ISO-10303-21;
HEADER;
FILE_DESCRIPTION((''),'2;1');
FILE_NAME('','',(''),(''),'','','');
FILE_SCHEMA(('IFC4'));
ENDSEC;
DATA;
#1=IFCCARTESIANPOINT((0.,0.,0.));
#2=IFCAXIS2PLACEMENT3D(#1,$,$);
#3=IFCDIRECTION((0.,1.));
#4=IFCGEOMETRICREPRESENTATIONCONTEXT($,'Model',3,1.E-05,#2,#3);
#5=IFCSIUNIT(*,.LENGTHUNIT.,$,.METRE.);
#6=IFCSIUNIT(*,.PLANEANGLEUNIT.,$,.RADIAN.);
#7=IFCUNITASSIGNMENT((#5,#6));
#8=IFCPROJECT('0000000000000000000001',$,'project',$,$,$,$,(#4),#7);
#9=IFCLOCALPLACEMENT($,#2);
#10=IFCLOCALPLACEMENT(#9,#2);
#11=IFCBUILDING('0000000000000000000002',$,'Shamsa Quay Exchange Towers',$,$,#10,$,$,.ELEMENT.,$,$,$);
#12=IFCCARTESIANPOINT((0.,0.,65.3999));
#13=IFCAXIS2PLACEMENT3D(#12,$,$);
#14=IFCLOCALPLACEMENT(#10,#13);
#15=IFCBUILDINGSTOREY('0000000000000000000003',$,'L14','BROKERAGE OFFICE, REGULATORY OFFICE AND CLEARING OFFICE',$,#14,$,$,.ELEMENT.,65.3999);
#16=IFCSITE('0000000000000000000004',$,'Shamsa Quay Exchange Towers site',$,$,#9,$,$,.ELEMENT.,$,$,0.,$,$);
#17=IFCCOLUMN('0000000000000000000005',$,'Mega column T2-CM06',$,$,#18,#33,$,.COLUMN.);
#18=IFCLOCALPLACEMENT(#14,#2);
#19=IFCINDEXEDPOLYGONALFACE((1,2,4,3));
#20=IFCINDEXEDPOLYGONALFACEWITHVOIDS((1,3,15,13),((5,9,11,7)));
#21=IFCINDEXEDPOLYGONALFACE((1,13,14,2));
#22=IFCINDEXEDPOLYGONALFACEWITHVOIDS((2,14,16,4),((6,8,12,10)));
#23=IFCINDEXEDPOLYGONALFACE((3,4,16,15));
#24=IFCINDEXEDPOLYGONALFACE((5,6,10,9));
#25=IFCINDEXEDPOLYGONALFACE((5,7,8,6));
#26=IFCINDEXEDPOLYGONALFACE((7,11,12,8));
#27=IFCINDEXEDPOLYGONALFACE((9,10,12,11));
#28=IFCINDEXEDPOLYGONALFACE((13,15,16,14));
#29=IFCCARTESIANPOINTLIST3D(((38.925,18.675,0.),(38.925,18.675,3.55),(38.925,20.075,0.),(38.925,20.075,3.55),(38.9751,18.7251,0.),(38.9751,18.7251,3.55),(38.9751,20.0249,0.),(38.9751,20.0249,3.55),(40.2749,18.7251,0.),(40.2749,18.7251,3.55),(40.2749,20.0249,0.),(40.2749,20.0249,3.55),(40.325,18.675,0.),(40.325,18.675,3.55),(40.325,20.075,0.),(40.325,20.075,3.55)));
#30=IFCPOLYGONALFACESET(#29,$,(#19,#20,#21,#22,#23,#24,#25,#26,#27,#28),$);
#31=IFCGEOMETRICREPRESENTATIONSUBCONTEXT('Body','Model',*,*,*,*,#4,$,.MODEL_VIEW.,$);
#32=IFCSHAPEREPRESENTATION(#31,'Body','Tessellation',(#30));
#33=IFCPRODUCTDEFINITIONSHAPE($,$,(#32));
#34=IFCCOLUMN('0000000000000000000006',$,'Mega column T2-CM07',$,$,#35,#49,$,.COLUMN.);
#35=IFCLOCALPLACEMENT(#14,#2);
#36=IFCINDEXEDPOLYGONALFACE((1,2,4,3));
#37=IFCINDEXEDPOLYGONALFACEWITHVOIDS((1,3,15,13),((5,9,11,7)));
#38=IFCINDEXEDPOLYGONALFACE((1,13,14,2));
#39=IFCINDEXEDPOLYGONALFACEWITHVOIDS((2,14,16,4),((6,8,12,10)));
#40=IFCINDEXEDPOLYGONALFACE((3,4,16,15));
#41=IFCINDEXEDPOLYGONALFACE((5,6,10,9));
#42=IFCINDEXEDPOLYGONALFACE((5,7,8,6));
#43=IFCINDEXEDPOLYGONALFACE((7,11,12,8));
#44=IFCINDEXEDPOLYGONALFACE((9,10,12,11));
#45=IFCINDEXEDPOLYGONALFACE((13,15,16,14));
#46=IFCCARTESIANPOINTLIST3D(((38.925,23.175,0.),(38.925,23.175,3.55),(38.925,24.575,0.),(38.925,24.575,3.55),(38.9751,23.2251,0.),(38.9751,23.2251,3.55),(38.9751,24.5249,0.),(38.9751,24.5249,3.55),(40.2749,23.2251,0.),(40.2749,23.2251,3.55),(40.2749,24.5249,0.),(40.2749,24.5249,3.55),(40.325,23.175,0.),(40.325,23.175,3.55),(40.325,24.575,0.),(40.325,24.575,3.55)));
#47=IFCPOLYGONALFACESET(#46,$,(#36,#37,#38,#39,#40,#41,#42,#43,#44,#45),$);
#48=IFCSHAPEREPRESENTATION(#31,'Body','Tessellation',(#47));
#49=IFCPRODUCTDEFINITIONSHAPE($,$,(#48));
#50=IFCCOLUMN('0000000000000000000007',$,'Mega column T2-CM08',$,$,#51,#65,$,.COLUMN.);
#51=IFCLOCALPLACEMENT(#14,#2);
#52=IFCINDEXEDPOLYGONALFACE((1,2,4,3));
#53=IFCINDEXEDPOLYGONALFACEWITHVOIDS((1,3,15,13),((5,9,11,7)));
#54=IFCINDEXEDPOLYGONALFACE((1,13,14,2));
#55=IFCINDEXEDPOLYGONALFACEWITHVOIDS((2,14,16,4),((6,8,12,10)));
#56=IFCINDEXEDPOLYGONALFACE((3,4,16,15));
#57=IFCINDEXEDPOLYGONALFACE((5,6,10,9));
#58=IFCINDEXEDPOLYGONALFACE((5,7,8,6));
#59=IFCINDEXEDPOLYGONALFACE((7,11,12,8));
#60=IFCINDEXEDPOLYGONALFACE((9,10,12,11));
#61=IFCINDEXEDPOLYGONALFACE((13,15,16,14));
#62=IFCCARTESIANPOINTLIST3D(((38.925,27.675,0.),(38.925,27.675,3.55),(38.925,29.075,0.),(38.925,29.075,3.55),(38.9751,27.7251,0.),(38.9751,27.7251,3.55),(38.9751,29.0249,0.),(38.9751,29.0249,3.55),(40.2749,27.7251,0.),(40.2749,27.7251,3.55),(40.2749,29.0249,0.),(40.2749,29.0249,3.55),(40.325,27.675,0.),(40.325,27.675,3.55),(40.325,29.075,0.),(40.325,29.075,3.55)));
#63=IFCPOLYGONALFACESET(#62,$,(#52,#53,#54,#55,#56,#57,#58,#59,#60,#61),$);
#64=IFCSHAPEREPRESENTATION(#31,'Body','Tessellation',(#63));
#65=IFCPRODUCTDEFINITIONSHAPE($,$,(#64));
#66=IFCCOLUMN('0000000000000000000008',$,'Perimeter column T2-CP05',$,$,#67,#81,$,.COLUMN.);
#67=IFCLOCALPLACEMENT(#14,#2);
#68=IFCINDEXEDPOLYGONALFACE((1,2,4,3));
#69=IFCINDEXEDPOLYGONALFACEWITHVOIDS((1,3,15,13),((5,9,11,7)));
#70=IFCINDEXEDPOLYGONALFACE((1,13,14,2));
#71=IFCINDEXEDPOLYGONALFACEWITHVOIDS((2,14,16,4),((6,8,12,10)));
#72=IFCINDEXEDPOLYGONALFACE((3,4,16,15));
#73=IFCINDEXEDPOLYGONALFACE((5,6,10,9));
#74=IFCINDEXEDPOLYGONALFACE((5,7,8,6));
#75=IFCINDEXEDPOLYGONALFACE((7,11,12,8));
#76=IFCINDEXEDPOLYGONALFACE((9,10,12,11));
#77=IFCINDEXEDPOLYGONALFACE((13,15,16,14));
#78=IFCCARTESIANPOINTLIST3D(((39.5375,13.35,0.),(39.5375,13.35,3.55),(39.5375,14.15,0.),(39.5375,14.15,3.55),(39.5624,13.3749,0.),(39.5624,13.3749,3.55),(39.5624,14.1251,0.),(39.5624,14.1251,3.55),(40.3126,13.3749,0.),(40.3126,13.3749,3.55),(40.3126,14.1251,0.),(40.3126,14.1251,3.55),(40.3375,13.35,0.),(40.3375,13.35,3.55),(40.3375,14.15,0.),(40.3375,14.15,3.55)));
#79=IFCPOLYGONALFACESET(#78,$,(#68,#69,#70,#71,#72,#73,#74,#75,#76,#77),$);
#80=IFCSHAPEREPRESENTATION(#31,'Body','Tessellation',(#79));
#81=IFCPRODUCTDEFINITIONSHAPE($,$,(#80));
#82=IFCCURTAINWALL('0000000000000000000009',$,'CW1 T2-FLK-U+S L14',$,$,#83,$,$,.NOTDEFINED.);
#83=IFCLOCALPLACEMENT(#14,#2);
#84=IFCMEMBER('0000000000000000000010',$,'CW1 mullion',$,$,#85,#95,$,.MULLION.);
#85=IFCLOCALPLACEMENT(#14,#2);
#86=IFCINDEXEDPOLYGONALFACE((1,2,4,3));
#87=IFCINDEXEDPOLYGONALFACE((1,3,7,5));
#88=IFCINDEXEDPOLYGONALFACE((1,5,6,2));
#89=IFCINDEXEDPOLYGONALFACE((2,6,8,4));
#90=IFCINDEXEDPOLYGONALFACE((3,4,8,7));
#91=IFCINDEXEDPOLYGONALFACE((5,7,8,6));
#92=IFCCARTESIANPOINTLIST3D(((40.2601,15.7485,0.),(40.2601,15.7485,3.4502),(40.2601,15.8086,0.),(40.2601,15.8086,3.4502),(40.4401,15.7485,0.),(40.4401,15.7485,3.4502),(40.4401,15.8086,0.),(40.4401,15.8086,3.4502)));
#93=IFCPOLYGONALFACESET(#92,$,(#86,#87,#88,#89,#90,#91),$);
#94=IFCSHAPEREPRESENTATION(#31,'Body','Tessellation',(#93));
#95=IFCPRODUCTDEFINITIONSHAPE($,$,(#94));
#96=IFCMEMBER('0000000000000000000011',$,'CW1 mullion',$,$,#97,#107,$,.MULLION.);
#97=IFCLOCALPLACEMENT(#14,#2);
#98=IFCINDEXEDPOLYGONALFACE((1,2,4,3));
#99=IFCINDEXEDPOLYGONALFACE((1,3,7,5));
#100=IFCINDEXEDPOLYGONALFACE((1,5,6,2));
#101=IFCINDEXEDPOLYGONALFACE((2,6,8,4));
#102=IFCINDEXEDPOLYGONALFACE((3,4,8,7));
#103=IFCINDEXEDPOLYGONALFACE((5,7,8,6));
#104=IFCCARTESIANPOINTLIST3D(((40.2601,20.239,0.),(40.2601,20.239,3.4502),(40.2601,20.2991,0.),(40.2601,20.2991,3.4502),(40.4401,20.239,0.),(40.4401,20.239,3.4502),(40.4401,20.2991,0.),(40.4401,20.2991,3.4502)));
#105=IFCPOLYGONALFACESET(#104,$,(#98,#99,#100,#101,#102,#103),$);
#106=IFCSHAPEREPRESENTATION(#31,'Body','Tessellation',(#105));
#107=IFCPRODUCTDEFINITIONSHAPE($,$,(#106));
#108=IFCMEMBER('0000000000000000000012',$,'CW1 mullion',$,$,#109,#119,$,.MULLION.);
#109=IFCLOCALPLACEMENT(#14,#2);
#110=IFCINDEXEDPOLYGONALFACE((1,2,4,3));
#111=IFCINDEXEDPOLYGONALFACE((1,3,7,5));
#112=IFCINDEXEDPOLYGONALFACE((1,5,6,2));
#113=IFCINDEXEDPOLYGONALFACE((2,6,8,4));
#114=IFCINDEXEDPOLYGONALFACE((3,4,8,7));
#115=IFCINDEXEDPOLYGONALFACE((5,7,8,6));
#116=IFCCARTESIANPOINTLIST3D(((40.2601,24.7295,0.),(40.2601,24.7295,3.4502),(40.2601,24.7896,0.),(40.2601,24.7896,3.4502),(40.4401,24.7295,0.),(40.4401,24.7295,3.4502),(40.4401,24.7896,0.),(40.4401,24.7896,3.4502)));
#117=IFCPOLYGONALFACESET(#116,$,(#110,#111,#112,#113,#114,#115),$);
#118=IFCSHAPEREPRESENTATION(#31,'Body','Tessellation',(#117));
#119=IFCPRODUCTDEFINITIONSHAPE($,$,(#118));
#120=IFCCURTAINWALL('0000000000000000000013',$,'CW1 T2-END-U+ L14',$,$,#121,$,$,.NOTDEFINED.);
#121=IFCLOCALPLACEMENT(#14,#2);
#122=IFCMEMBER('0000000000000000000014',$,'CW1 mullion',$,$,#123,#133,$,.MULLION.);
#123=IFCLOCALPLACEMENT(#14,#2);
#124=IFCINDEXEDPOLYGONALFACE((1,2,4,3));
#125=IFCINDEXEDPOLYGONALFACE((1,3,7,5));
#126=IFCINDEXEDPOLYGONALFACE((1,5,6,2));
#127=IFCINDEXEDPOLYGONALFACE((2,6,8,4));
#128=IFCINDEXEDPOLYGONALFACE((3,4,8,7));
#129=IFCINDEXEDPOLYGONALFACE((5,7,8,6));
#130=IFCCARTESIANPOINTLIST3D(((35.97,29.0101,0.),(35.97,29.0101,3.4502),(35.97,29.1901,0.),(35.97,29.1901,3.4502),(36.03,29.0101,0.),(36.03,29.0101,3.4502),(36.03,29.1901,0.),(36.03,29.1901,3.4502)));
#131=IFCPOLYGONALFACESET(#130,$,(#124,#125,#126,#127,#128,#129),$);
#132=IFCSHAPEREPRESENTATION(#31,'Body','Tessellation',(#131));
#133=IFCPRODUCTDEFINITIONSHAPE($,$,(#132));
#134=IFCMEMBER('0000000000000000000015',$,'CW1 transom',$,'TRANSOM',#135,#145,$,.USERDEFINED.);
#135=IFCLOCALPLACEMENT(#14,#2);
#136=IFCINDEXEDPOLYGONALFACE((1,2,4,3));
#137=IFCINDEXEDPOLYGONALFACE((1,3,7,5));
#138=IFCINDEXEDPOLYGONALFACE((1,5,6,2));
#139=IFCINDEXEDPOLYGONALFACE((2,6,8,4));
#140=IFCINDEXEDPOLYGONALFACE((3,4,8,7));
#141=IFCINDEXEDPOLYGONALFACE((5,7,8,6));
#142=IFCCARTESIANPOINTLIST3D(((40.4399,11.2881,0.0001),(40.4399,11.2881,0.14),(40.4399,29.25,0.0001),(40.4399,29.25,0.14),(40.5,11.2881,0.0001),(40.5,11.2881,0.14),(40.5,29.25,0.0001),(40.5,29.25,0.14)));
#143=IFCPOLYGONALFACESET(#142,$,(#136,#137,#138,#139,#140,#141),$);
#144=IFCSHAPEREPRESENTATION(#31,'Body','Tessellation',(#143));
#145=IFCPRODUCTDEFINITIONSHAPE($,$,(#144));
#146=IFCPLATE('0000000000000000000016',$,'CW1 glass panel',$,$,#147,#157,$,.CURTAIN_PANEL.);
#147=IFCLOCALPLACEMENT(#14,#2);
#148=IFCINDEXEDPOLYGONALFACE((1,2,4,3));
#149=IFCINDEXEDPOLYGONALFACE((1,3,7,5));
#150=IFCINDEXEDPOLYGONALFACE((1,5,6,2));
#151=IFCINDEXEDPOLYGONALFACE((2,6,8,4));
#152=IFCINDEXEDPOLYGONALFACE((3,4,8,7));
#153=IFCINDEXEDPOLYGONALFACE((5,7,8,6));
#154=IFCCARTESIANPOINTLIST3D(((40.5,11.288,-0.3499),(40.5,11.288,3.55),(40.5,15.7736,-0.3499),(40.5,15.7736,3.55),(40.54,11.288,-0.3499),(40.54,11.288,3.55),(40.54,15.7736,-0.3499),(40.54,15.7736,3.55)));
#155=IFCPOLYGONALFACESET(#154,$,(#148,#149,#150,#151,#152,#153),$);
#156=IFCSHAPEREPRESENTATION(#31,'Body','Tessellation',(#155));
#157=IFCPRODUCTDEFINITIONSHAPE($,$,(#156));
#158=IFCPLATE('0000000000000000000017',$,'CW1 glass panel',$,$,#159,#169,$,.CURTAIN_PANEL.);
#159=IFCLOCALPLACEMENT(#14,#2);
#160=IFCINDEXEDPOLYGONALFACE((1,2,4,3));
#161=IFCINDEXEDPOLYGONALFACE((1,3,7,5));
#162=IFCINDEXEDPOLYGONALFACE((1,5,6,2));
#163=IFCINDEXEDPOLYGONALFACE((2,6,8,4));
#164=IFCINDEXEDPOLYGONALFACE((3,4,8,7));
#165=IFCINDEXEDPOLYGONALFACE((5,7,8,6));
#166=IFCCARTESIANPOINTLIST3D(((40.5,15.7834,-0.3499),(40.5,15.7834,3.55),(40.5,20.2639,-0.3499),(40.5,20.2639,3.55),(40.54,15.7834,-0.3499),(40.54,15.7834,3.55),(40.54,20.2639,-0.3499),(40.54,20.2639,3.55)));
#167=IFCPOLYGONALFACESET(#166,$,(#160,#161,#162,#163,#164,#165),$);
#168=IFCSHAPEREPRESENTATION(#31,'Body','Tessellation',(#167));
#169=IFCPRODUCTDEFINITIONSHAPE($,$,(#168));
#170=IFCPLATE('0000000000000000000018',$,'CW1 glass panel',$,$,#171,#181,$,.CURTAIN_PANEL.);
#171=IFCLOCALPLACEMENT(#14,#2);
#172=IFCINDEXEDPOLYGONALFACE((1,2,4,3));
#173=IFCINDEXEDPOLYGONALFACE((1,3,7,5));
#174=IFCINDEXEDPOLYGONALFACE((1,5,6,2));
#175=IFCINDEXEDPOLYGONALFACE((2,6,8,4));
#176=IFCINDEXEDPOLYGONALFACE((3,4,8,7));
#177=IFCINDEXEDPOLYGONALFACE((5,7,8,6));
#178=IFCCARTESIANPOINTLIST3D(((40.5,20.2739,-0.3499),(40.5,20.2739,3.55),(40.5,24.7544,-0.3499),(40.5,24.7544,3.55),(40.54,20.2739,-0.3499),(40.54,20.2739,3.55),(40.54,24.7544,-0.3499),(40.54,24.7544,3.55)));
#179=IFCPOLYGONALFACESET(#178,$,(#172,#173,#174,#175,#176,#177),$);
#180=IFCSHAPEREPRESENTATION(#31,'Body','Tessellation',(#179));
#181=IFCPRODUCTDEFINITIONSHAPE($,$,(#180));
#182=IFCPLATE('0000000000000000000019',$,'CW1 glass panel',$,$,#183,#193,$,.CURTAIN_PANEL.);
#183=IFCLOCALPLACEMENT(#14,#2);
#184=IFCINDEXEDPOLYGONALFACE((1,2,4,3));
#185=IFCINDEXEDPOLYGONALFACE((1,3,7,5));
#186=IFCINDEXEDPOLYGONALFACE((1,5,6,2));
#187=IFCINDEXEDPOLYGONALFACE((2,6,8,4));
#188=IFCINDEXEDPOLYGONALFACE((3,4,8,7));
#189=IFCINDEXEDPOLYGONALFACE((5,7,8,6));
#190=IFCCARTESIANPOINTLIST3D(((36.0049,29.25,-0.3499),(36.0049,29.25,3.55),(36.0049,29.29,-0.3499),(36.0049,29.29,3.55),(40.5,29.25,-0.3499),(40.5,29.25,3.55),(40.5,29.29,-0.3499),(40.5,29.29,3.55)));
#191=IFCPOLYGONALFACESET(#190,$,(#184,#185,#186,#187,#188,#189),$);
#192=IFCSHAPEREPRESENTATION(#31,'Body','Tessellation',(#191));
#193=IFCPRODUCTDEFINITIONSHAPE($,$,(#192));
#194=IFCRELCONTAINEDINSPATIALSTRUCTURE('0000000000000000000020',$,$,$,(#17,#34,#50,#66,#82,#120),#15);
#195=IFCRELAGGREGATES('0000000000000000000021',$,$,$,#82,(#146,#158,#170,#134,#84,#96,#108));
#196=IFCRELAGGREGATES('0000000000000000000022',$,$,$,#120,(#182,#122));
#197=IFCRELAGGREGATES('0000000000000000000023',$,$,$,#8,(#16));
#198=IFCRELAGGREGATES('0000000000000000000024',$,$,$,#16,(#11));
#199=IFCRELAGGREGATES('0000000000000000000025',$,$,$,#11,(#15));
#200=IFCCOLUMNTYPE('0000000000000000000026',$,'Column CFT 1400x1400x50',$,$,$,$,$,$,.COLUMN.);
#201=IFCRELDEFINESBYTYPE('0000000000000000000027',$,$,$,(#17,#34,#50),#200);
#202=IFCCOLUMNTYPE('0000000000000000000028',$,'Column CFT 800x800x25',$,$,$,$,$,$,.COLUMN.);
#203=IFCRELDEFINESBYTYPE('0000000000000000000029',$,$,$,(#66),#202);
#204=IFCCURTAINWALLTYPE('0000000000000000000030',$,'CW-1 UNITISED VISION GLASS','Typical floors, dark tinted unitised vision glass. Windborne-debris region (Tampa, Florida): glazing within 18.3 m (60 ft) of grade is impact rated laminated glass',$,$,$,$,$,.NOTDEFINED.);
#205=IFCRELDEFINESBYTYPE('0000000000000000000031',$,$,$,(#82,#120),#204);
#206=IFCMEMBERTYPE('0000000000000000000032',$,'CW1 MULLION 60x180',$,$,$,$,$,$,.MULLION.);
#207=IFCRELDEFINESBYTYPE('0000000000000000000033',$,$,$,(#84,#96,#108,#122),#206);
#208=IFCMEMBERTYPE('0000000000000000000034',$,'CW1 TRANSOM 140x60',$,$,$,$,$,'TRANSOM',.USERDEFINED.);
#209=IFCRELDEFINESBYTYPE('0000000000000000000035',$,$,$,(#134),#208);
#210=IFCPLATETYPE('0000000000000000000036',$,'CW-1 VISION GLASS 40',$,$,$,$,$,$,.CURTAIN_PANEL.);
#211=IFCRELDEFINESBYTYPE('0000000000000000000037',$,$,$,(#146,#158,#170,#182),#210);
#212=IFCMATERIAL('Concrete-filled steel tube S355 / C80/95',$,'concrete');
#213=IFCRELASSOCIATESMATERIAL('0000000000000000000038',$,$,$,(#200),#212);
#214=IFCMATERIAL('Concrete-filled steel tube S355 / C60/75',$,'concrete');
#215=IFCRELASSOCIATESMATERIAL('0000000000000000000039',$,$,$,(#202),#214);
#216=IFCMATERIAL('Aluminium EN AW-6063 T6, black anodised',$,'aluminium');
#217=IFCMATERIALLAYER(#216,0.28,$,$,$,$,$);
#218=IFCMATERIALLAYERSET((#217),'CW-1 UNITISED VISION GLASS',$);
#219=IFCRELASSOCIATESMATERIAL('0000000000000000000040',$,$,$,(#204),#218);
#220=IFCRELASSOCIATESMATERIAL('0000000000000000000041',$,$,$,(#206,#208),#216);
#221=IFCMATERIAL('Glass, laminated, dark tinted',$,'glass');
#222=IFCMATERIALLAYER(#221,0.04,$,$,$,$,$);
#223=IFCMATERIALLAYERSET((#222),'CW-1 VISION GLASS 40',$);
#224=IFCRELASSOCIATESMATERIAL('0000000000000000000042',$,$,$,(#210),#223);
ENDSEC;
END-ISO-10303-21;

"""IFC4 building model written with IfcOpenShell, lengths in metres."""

from ifc_helpers import new_model, si_unit, direction, frame, origin, origin_2d, place, context, subcontext, project, spatial, rectangle, hollow_rectangle, extrude, material, layer, layer_set, material_profile, profile_set, type_object, element, aggregate, save


model = new_model("IFC4")

# Units and contexts
model_context = context("Model", 3, precision=1e-05, world=origin(), true_north=direction((0.0, 1.0)))
body_context = subcontext(model_context, "Body", "Model", "MODEL_VIEW")
ifc_project = project(units=[si_unit("LENGTHUNIT", "METRE"), si_unit("PLANEANGLEUNIT", "RADIAN")], contexts=[model_context])

# Site, building, storey
site_placement = place(None, origin())
site = spatial("IfcSite", under=ifc_project, at=site_placement, Name="Shamsa Quay Exchange Towers site", CompositionType="ELEMENT", RefElevation=0.0)
building_placement = place(site_placement, origin())
building = spatial("IfcBuilding", under=site, at=building_placement, Name="Shamsa Quay Exchange Towers", CompositionType="ELEMENT")
storey_placement = place(building_placement, frame((0.0, 0.0, 65.3999)))
storey = spatial("IfcBuildingStorey", under=building, at=storey_placement, Name="L14", Description="BROKERAGE OFFICE, REGULATORY OFFICE AND CLEARING OFFICE", CompositionType="ELEMENT", Elevation=65.3999)

# Columns
ifc_material_1 = material(Name="Concrete-filled steel tube S355 / C80/95", Category="concrete")
ifc_material_profile_1 = material_profile(ifc_material_1, hollow_rectangle(XDim=1.3999, YDim=1.3999, WallThickness=0.05, at=origin_2d()), Name="CFT 1400x1400x50")
ifc_profile_set_1 = profile_set([ifc_material_profile_1], Name="Concrete-filled steel tube S355 / C80/95")
column_type_1 = type_object("IfcColumnType", Name="Column CFT 1400x1400x50", PredefinedType="COLUMN", material=ifc_profile_set_1)
for number, where, name in (
    (1, (39.625, 19.375, 0.0), "Mega column T2-CM06"),
    (2, (39.625, 23.875, 0.0), "Mega column T2-CM07"),
    (3, (39.625, 28.375, 0.0), "Mega column T2-CM08"),
):
    element("IfcColumn", number, at=place(storey_placement, frame(where)), inside=storey, type_object=column_type_1, Name=name, PredefinedType="COLUMN", context=body_context, shape_type="SweptSolid", body=[
        extrude(hollow_rectangle(XDim=1.3999, YDim=1.3999, WallThickness=0.05, at=origin_2d()), origin(), (0.0, 0.0, 1.0), 3.55),
    ])
ifc_material_2 = material(Name="Concrete-filled steel tube S355 / C60/75", Category="concrete")
ifc_material_profile_2 = material_profile(ifc_material_2, hollow_rectangle(XDim=0.8, YDim=0.8, WallThickness=0.0249, at=origin_2d()), Name="CFT 800x800x25")
ifc_profile_set_2 = profile_set([ifc_material_profile_2], Name="Concrete-filled steel tube S355 / C60/75")
column_type_2 = type_object("IfcColumnType", Name="Column CFT 800x800x25", PredefinedType="COLUMN", material=ifc_profile_set_2)
column_placement = place(storey_placement, frame((39.9375, 13.75, 0.0)))
element("IfcColumn", 4, at=column_placement, inside=storey, type_object=column_type_2, Name="Perimeter column T2-CP05", PredefinedType="COLUMN", context=body_context, shape_type="SweptSolid", body=[
    extrude(hollow_rectangle(XDim=0.8, YDim=0.8, WallThickness=0.0249, at=origin_2d()), origin(), (0.0, 0.0, 1.0), 3.55),
])

# Curtain wall, members
ifc_material_3 = material(Name="Aluminium EN AW-6063 T6, black anodised", Category="aluminium")
ifc_layer_1 = layer(ifc_material_3, 0.28)
ifc_layer_set_1 = layer_set([ifc_layer_1], Name="CW-1 UNITISED VISION GLASS")
curtain_wall_type = type_object("IfcCurtainWallType", Name="CW-1 UNITISED VISION GLASS", Description="Typical floors, dark tinted unitised vision glass. Windborne-debris region (Tampa, Florida): glazing within 18.3 m (60 ft) of grade is impact rated laminated glass", PredefinedType="NOTDEFINED", material=ifc_layer_set_1)
curtain_wall_1_placement = place(storey_placement, origin())
curtain_wall_1 = element("IfcCurtainWall", 5, at=curtain_wall_1_placement, inside=storey, type_object=curtain_wall_type, Name="CW1 T2-FLK-U+S L14", PredefinedType="NOTDEFINED")
ifc_material_profile_3 = material_profile(ifc_material_3, rectangle(XDim=0.1799, YDim=0.0601, at=origin_2d()), Name="MU60x180")
ifc_profile_set_3 = profile_set([ifc_material_profile_3], Name="Aluminium EN AW-6063 T6, black anodised")
member_type_1 = type_object("IfcMemberType", Name="CW1 MULLION 60x180", PredefinedType="MULLION", material=ifc_profile_set_3)
member_1_placement = place(storey_placement, frame((40.3501, 15.7786, 0.0), z_axis=(0.0, 0.0, 1.0), x_axis=(-1.0, 0.0, 0.0)))
member_1 = element("IfcMember", 6, at=member_1_placement, type_object=member_type_1, Name="CW1 mullion", PredefinedType="MULLION", context=body_context, shape_type="SweptSolid", body=[
    extrude(rectangle(XDim=0.1799, YDim=0.0601, at=origin_2d()), origin(), (0.0, 0.0, 1.0), 3.4502),
])
member_2_placement = place(storey_placement, frame((40.3501, 20.269, 0.0), z_axis=(0.0, 0.0, 1.0), x_axis=(-1.0, 0.0, 0.0)))
member_2 = element("IfcMember", 7, at=member_2_placement, type_object=member_type_1, Name="CW1 mullion", PredefinedType="MULLION", context=body_context, shape_type="SweptSolid", body=[
    extrude(rectangle(XDim=0.1799, YDim=0.0601, at=origin_2d()), origin(), (0.0, 0.0, 1.0), 3.4502),
])
member_3_placement = place(storey_placement, frame((40.3501, 24.7595, 0.0), z_axis=(0.0, 0.0, 1.0), x_axis=(-1.0, 0.0, 0.0)))
member_3 = element("IfcMember", 8, at=member_3_placement, type_object=member_type_1, Name="CW1 mullion", PredefinedType="MULLION", context=body_context, shape_type="SweptSolid", body=[
    extrude(rectangle(XDim=0.1799, YDim=0.0601, at=origin_2d()), origin(), (0.0, 0.0, 1.0), 3.4502),
])

# Curtain wall, member
curtain_wall_2_placement = place(storey_placement, origin())
curtain_wall_2 = element("IfcCurtainWall", 9, at=curtain_wall_2_placement, inside=storey, type_object=curtain_wall_type, Name="CW1 T2-END-U+ L14", PredefinedType="NOTDEFINED")
member_4_placement = place(storey_placement, frame((36.0, 29.1001, 0.0), z_axis=(0.0, 0.0, 1.0), x_axis=(0.0, -1.0, 0.0)))
member_4 = element("IfcMember", 10, at=member_4_placement, type_object=member_type_1, Name="CW1 mullion", PredefinedType="MULLION", context=body_context, shape_type="SweptSolid", body=[
    extrude(rectangle(XDim=0.1799, YDim=0.0601, at=origin_2d()), origin(), (0.0, 0.0, 1.0), 3.4502),
])

# Member
ifc_material_profile_4 = material_profile(ifc_material_3, rectangle(XDim=0.0601, YDim=0.1399, at=origin_2d()), Name="TR140x60")
ifc_profile_set_4 = profile_set([ifc_material_profile_4], Name="Aluminium EN AW-6063 T6, black anodised")
member_type_2 = type_object("IfcMemberType", Name="CW1 TRANSOM 140x60", ElementType="TRANSOM", PredefinedType="USERDEFINED", material=ifc_profile_set_4)
member_5_placement = place(storey_placement, frame((40.47, 11.2881, 0.0701), z_axis=(0.0, 1.0, 0.0), x_axis=(-1.0, 0.0, 0.0)))
member_5 = element("IfcMember", 11, at=member_5_placement, type_object=member_type_2, Name="CW1 transom", ObjectType="TRANSOM", PredefinedType="USERDEFINED", context=body_context, shape_type="SweptSolid", body=[
    extrude(rectangle(XDim=0.0601, YDim=0.1399, at=origin_2d()), origin(), (0.0, 0.0, 1.0), 17.9619),
])

# Plates
ifc_material_4 = material(Name="Glass, laminated, dark tinted", Category="glass")
ifc_layer_2 = layer(ifc_material_4, 0.04)
ifc_layer_set_2 = layer_set([ifc_layer_2], Name="CW-1 VISION GLASS 40")
plate_type = type_object("IfcPlateType", Name="CW-1 VISION GLASS 40", PredefinedType="CURTAIN_PANEL", material=ifc_layer_set_2)
plate_1_placement = place(storey_placement, frame((40.52, 13.5308, -0.3499), z_axis=(0.0, 0.0, 1.0), x_axis=(0.0, 1.0, 0.0)))
plate_1 = element("IfcPlate", 12, at=plate_1_placement, type_object=plate_type, Name="CW1 glass panel", PredefinedType="CURTAIN_PANEL", context=body_context, shape_type="SweptSolid", body=[
    extrude(rectangle(XDim=4.4856, YDim=0.04, at=origin_2d()), origin(), (0.0, 0.0, 1.0), 3.8999),
])
plate_2_placement = place(storey_placement, frame((40.52, 18.0237, -0.3499), z_axis=(0.0, 0.0, 1.0), x_axis=(0.0, 1.0, 0.0)))
plate_2 = element("IfcPlate", 13, at=plate_2_placement, type_object=plate_type, Name="CW1 glass panel", PredefinedType="CURTAIN_PANEL", context=body_context, shape_type="SweptSolid", body=[
    extrude(rectangle(XDim=4.4805, YDim=0.04, at=origin_2d()), origin(), (0.0, 0.0, 1.0), 3.8999),
])
plate_3_placement = place(storey_placement, frame((40.52, 22.5142, -0.3499), z_axis=(0.0, 0.0, 1.0), x_axis=(0.0, 1.0, 0.0)))
plate_3 = element("IfcPlate", 14, at=plate_3_placement, type_object=plate_type, Name="CW1 glass panel", PredefinedType="CURTAIN_PANEL", context=body_context, shape_type="SweptSolid", body=[
    extrude(rectangle(XDim=4.4805, YDim=0.04, at=origin_2d()), origin(), (0.0, 0.0, 1.0), 3.8999),
])
aggregate(curtain_wall_1, [plate_1, plate_2, plate_3, member_5, member_1, member_2, member_3])
plate_4_placement = place(storey_placement, frame((38.2524, 29.27, -0.3499), z_axis=(0.0, 0.0, 1.0), x_axis=(-1.0, 0.0, 0.0)))
plate_4 = element("IfcPlate", 15, at=plate_4_placement, type_object=plate_type, Name="CW1 glass panel", PredefinedType="CURTAIN_PANEL", context=body_context, shape_type="SweptSolid", body=[
    extrude(rectangle(XDim=4.4951, YDim=0.04, at=origin_2d()), origin(), (0.0, 0.0, 1.0), 3.8999),
])
aggregate(curtain_wall_2, [plate_4, member_4])

save(model, "model.ifc")
